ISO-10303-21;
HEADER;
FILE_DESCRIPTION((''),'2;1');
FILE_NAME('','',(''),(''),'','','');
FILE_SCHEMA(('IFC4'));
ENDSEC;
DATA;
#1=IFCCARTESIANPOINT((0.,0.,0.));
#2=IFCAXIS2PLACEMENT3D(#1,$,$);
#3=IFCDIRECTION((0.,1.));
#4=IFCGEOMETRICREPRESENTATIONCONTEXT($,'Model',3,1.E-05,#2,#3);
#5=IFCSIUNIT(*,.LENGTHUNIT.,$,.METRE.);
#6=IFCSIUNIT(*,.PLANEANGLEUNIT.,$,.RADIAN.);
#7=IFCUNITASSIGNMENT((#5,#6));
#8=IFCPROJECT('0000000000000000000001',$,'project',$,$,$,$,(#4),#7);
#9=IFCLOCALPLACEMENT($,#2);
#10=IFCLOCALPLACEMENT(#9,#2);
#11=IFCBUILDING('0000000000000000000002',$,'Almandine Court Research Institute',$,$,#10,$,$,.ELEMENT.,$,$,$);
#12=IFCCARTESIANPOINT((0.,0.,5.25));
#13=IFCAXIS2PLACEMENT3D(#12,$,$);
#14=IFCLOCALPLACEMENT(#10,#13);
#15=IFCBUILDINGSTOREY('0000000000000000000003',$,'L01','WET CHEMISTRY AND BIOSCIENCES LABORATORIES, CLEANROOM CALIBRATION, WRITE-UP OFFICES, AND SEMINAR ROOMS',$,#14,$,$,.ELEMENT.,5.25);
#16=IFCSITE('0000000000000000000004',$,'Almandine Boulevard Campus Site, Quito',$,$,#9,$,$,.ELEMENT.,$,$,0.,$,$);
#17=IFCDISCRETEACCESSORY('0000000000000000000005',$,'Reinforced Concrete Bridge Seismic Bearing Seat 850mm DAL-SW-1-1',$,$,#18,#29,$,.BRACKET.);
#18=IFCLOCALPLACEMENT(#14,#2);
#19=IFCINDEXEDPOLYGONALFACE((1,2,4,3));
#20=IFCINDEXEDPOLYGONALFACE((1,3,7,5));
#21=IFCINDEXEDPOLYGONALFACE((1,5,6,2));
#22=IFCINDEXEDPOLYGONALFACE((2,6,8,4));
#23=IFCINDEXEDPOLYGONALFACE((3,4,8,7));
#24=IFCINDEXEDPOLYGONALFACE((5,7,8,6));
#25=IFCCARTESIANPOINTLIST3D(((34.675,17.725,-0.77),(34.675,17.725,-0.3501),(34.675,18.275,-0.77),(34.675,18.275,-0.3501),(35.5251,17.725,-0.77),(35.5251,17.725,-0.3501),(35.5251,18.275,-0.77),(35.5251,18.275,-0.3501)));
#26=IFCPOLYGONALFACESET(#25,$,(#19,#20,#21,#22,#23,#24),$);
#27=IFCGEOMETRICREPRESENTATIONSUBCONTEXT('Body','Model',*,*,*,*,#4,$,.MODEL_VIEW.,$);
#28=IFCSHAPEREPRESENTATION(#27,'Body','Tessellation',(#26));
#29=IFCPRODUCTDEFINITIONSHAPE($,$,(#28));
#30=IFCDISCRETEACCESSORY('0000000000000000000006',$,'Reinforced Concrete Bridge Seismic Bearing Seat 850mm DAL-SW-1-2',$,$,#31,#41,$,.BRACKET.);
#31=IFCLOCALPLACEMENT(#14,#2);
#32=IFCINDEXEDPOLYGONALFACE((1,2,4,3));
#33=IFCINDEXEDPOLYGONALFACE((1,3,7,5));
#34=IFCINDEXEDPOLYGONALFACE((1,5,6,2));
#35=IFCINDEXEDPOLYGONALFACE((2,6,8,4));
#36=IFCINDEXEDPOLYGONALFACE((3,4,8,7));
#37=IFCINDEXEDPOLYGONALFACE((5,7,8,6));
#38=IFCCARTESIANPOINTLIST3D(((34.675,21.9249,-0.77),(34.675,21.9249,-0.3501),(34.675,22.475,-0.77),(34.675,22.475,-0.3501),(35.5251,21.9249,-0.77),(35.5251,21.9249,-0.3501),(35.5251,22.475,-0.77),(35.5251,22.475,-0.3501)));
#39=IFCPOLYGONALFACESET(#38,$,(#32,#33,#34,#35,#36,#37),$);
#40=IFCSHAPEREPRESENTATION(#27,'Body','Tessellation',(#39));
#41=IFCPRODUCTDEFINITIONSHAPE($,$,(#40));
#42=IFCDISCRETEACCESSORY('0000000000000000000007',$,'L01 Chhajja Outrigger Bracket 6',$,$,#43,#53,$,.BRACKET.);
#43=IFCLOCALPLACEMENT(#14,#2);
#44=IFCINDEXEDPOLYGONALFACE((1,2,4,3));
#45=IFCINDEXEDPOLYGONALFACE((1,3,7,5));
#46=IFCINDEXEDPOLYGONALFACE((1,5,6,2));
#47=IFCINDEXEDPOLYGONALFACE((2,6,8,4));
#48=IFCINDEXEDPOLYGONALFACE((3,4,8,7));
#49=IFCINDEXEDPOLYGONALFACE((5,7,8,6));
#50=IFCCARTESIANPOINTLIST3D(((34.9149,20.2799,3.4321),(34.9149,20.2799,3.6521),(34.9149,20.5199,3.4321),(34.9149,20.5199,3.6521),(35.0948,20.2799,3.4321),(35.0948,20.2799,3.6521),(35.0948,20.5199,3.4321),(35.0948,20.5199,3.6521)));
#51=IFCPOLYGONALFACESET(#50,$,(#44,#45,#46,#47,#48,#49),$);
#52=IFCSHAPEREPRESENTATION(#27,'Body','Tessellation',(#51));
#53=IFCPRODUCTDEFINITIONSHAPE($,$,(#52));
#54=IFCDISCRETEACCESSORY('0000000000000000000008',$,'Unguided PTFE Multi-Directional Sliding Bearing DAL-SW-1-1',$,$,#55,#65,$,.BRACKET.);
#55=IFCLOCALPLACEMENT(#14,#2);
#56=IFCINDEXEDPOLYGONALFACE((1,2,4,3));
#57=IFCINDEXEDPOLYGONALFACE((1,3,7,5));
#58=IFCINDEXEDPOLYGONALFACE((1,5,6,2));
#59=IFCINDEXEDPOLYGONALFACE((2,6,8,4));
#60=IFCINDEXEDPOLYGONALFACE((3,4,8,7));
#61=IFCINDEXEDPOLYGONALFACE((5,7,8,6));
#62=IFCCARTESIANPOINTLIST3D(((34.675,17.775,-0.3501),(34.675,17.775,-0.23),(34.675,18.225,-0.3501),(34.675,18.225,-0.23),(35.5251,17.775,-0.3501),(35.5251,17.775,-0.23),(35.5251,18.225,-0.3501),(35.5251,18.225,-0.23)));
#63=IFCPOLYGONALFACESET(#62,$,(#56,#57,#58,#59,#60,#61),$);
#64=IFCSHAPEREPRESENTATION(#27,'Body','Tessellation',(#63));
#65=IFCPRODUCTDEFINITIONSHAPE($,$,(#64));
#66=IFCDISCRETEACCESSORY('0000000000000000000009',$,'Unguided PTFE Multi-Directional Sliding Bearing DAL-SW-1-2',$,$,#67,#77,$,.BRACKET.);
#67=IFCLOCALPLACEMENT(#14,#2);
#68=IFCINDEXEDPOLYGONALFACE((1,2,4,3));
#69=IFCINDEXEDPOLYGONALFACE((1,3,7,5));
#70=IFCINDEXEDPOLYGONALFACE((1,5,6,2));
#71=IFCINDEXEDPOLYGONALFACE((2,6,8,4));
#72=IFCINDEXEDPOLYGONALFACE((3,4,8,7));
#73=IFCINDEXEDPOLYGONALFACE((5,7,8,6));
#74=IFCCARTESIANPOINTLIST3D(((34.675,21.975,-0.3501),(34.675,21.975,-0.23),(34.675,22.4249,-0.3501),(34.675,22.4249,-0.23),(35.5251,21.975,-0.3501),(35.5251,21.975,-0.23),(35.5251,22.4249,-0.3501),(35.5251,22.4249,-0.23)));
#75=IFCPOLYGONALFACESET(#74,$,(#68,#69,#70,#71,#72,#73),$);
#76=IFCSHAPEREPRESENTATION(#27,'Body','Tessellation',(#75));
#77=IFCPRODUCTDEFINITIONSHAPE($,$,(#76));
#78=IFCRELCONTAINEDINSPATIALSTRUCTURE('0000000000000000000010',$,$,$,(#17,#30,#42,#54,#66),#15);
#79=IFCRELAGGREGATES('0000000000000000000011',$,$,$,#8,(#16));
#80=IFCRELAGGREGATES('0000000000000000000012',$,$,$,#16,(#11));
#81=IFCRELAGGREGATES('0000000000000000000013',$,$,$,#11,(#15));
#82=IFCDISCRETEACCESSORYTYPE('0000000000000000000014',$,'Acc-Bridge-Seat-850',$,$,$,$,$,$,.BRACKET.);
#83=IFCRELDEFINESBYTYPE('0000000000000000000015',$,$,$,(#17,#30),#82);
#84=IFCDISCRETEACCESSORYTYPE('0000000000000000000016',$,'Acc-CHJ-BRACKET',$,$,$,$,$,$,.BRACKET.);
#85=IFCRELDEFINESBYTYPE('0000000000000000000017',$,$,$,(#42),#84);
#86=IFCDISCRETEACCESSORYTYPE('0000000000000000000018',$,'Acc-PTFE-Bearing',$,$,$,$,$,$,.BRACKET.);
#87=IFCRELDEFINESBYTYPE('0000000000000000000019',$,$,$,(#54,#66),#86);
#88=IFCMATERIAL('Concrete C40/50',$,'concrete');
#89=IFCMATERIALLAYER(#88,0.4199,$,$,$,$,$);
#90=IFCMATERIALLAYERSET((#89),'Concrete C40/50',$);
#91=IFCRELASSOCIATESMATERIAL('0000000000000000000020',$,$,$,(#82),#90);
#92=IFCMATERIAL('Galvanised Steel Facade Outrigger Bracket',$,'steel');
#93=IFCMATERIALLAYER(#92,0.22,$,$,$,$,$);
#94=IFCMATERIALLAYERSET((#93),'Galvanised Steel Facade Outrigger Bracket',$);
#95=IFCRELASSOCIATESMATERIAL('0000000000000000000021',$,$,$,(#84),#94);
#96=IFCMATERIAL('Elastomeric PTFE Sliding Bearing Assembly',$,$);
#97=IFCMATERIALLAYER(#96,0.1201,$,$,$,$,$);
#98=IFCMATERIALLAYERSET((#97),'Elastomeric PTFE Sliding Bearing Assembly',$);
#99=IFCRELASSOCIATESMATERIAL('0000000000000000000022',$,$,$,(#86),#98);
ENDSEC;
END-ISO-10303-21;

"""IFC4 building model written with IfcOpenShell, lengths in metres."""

from ifc_helpers import new_model, si_unit, direction, frame, origin, origin_2d, place, context, subcontext, project, spatial, rectangle, extrude, material, layer, layer_set, type_object, element, save


model = new_model("IFC4")

# Units and contexts
model_context = context("Model", 3, precision=1e-05, world=origin(), true_north=direction((0.0, 1.0)))
body_context = subcontext(model_context, "Body", "Model", "MODEL_VIEW")
ifc_project = project(units=[si_unit("LENGTHUNIT", "METRE"), si_unit("PLANEANGLEUNIT", "RADIAN")], contexts=[model_context])

# Site, building, storey
site_placement = place(None, origin())
site = spatial("IfcSite", under=ifc_project, at=site_placement, Name="Almandine Boulevard Campus Site, Quito", CompositionType="ELEMENT", RefElevation=0.0)
building_placement = place(site_placement, origin())
building = spatial("IfcBuilding", under=site, at=building_placement, Name="Almandine Court Research Institute", CompositionType="ELEMENT")
storey_placement = place(building_placement, frame((0.0, 0.0, 5.25)))
storey = spatial("IfcBuildingStorey", under=building, at=storey_placement, Name="L01", Description="WET CHEMISTRY AND BIOSCIENCES LABORATORIES, CLEANROOM CALIBRATION, WRITE-UP OFFICES, AND SEMINAR ROOMS", CompositionType="ELEMENT", Elevation=5.25)

# Discrete accessories
ifc_material_1 = material(Name="Concrete C40/50", Category="concrete")
ifc_layer_1 = layer(ifc_material_1, 0.4199)
ifc_layer_set_1 = layer_set([ifc_layer_1], Name="Concrete C40/50")
discrete_accessory_type_1 = type_object("IfcDiscreteAccessoryType", Name="Acc-Bridge-Seat-850", PredefinedType="BRACKET", material=ifc_layer_set_1)
for number, where, z_axis, x_axis, name in (
    (1, (35.1001, 18.0, -0.77), (0.0, 0.0, 1.0), (1.0, 0.0, 0.0), "Reinforced Concrete Bridge Seismic Bearing Seat 850mm DAL-SW-1-1"),
    (2, (35.1001, 22.2, -0.77), (0.0, 0.0, 1.0), (1.0, 0.0, 0.0), "Reinforced Concrete Bridge Seismic Bearing Seat 850mm DAL-SW-1-2"),
):
    element("IfcDiscreteAccessory", number, at=place(storey_placement, frame(where, z_axis=z_axis, x_axis=x_axis)), inside=storey, type_object=discrete_accessory_type_1, Name=name, PredefinedType="BRACKET", context=body_context, shape_type="SweptSolid", body=[
        extrude(rectangle(XDim=0.8501, YDim=0.55, at=origin_2d()), origin(), (0.0, 0.0, 1.0), 0.4199),
    ])
ifc_material_2 = material(Name="Galvanised Steel Facade Outrigger Bracket", Category="steel")
ifc_layer_2 = layer(ifc_material_2, 0.22)
ifc_layer_set_2 = layer_set([ifc_layer_2], Name="Galvanised Steel Facade Outrigger Bracket")
discrete_accessory_type_2 = type_object("IfcDiscreteAccessoryType", Name="Acc-CHJ-BRACKET", PredefinedType="BRACKET", material=ifc_layer_set_2)
discrete_accessory_placement = place(storey_placement, frame((35.0049, 20.3999, 3.4321), z_axis=(0.0, 0.0, 1.0), x_axis=(0.0, -1.0, 0.0)))
element("IfcDiscreteAccessory", 3, at=discrete_accessory_placement, inside=storey, type_object=discrete_accessory_type_2, Name="L01 Chhajja Outrigger Bracket 6", PredefinedType="BRACKET", context=body_context, shape_type="SweptSolid", body=[
    extrude(rectangle(XDim=0.24, YDim=0.1799, at=origin_2d()), origin(), (0.0, 0.0, 1.0), 0.22),
])
ifc_material_3 = material(Name="Elastomeric PTFE Sliding Bearing Assembly")
ifc_layer_3 = layer(ifc_material_3, 0.1201)
ifc_layer_set_3 = layer_set([ifc_layer_3], Name="Elastomeric PTFE Sliding Bearing Assembly")
discrete_accessory_type_3 = type_object("IfcDiscreteAccessoryType", Name="Acc-PTFE-Bearing", PredefinedType="BRACKET", material=ifc_layer_set_3)
for number, where, z_axis, x_axis, name in (
    (4, (35.1001, 18.0, -0.3501), (0.0, 0.0, 1.0), (1.0, 0.0, 0.0), "Unguided PTFE Multi-Directional Sliding Bearing DAL-SW-1-1"),
    (5, (35.1001, 22.2, -0.3501), (0.0, 0.0, 1.0), (1.0, 0.0, 0.0), "Unguided PTFE Multi-Directional Sliding Bearing DAL-SW-1-2"),
):
    element("IfcDiscreteAccessory", number, at=place(storey_placement, frame(where, z_axis=z_axis, x_axis=x_axis)), inside=storey, type_object=discrete_accessory_type_3, Name=name, PredefinedType="BRACKET", context=body_context, shape_type="SweptSolid", body=[
        extrude(rectangle(XDim=0.8501, YDim=0.45, at=origin_2d()), origin(), (0.0, 0.0, 1.0), 0.1201),
    ])

save(model, "model.ifc")
